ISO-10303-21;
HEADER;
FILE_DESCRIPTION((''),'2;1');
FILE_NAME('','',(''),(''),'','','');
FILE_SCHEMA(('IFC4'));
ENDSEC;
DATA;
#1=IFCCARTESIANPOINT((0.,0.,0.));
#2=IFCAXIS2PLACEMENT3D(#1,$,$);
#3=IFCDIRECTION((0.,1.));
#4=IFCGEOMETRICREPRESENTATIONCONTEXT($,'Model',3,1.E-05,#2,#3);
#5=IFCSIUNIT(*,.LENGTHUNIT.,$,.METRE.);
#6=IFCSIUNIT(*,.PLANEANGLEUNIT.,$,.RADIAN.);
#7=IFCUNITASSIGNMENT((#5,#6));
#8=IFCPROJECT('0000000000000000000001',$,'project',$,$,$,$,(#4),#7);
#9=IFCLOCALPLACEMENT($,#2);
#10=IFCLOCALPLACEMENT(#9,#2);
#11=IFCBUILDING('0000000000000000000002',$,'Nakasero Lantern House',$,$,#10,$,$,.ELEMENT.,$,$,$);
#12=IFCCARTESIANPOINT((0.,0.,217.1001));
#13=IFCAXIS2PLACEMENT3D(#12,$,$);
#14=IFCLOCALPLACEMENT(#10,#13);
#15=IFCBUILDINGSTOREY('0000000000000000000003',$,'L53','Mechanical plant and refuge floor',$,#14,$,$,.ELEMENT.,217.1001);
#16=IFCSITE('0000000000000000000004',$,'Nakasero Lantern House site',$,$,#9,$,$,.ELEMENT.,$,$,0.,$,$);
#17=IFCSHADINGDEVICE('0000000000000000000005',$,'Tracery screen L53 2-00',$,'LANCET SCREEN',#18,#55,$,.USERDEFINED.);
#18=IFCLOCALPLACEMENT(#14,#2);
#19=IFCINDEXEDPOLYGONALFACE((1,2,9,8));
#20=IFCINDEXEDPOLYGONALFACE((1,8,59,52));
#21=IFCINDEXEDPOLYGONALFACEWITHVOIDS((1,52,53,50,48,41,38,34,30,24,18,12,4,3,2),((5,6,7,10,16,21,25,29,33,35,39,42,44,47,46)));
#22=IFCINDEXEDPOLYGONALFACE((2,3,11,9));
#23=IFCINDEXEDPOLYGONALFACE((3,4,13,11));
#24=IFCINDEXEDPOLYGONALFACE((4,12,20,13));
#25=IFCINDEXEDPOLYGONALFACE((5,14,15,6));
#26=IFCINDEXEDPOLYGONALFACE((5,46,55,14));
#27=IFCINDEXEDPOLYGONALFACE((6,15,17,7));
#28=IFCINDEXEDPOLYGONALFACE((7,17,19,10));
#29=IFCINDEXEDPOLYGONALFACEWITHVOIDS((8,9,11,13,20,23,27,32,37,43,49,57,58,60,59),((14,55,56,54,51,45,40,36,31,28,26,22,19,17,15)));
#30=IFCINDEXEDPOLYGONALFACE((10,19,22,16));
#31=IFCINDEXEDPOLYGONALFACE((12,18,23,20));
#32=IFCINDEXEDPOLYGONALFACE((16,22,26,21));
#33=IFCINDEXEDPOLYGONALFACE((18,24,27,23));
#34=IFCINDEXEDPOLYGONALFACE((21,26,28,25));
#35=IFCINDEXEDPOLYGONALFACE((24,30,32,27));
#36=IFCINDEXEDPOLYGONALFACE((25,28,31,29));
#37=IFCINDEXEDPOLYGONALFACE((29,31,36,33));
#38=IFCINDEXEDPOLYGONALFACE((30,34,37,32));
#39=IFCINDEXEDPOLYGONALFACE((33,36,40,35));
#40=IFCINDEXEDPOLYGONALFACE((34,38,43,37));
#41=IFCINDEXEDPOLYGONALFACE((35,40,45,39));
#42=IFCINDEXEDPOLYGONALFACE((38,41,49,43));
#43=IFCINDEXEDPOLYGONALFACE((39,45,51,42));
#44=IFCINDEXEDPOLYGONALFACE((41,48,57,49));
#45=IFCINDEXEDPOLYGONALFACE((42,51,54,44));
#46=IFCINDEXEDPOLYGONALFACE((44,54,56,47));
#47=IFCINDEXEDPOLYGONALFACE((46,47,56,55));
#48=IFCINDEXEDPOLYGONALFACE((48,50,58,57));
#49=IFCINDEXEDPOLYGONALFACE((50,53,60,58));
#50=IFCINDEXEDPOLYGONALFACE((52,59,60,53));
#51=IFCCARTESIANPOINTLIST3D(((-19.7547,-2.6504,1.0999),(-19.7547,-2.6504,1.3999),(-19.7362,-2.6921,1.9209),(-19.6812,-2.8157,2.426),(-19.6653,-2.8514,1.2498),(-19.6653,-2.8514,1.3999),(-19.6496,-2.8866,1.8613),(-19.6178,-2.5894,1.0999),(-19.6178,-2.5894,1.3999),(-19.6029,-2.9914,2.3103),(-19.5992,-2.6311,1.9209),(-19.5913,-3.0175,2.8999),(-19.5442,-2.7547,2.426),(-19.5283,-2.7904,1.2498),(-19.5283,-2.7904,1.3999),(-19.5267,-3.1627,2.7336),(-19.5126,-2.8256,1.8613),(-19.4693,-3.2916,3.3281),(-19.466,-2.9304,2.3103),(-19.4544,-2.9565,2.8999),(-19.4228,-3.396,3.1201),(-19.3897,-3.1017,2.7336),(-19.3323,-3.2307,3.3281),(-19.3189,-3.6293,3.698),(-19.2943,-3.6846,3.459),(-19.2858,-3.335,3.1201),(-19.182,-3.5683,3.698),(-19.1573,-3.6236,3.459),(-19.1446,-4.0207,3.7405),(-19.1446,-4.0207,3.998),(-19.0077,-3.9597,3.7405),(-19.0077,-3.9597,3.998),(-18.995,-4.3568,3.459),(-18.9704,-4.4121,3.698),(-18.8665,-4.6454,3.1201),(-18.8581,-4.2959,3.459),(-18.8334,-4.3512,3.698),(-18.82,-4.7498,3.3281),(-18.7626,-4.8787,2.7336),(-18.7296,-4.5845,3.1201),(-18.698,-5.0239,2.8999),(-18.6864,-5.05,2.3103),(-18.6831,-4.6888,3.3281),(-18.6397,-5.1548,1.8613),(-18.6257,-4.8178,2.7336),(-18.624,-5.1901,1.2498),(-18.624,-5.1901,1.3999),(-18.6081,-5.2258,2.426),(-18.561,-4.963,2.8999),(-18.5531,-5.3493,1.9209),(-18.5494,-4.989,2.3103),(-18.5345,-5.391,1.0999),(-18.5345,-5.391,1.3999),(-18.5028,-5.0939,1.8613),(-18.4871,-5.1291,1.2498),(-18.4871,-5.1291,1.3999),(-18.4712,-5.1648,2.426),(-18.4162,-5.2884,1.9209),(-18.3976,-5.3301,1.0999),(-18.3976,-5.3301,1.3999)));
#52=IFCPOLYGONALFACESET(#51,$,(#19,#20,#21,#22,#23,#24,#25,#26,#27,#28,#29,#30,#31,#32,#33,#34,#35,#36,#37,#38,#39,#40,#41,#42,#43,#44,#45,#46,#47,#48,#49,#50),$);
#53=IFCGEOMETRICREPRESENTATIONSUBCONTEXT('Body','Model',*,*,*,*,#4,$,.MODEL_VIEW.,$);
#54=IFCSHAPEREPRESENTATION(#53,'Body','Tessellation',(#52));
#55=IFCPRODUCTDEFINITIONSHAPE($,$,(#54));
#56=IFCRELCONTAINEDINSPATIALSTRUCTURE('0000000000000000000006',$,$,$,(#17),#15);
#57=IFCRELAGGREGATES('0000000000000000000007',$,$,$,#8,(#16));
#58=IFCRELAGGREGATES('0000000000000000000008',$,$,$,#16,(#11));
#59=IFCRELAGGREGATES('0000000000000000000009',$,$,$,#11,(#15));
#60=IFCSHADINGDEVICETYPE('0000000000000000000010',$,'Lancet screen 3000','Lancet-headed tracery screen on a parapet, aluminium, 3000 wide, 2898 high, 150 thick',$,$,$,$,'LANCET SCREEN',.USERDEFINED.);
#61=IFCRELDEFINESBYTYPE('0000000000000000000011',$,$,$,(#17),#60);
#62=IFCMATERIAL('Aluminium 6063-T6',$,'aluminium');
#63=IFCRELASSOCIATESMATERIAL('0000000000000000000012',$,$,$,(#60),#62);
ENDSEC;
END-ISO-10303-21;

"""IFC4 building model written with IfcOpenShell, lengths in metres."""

from ifc_helpers import new_model, si_unit, direction, frame, origin, place, context, subcontext, project, spatial, polyline, outline, extrude, material, type_object, element, save


model = new_model("IFC4")

# Units and contexts
model_context = context("Model", 3, precision=1e-05, world=origin(), true_north=direction((0.0, 1.0)))
body_context = subcontext(model_context, "Body", "Model", "MODEL_VIEW")
ifc_project = project(units=[si_unit("LENGTHUNIT", "METRE"), si_unit("PLANEANGLEUNIT", "RADIAN")], contexts=[model_context])

# Site, building, storey
site_placement = place(None, origin())
site = spatial("IfcSite", under=ifc_project, at=site_placement, Name="Nakasero Lantern House site", CompositionType="ELEMENT", RefElevation=0.0)
building_placement = place(site_placement, origin())
building = spatial("IfcBuilding", under=site, at=building_placement, Name="Nakasero Lantern House", CompositionType="ELEMENT")
storey_placement = place(building_placement, frame((0.0, 0.0, 217.1001)))
storey = spatial("IfcBuildingStorey", under=building, at=storey_placement, Name="L53", Description="Mechanical plant and refuge floor", CompositionType="ELEMENT", Elevation=217.1001)

# Shading device
ifc_material_1 = material(Name="Aluminium 6063-T6", Category="aluminium")
shading_device_type = type_object("IfcShadingDeviceType", Name="Lancet screen 3000", Description="Lancet-headed tracery screen on a parapet, aluminium, 3000 wide, 2898 high, 150 thick", ElementType="LANCET SCREEN", PredefinedType="USERDEFINED", material=ifc_material_1)
shading_device_placement = place(storey_placement, frame((-19.0762, -3.9902, 1.0999), z_axis=(0.0, 0.0, 1.0), x_axis=(0.406737, -0.913545, 0.0)))
element("IfcShadingDevice", 1, at=shading_device_placement, inside=storey, type_object=shading_device_type, Name="Tracery screen L53 2-00", ObjectType="LANCET SCREEN", PredefinedType="USERDEFINED", context=body_context, shape_type="SweptSolid", body=[
    extrude(outline(polyline([(-1.5, 0.0), (1.5, 0.0), (1.5, 0.3), (1.4543, 0.821), (1.3191, 1.3262), (1.0981, 1.8), (0.7981, 2.2283), (0.4285, 2.5981), (0.0, 2.8982), (-0.4285, 2.5981), (-0.7981, 2.2283), (-1.0981, 1.8), (-1.3191, 1.3262), (-1.4543, 0.821), (-1.5, 0.3), (-1.5, 0.0)]), holes=[polyline([(-1.28, 0.1499), (1.28, 0.1499), (1.28, 0.3), (1.2415, 0.7615), (1.1267, 1.2104), (0.9392, 1.6338), (0.6838, 2.0203), (0.3679, 2.3591), (0.0, 2.6406), (-0.3679, 2.3591), (-0.6838, 2.0203), (-0.9392, 1.6338), (-1.1267, 1.2104), (-1.2415, 0.7615), (-1.28, 0.3), (-1.28, 0.1499)])]), frame((0.0, 0.075, 0.0), z_axis=(0.0, -1.0, 0.0), x_axis=(1.0, 0.0, 0.0)), (0.0, 0.0, 1.0), 0.1499),
])

save(model, "model.ifc")
